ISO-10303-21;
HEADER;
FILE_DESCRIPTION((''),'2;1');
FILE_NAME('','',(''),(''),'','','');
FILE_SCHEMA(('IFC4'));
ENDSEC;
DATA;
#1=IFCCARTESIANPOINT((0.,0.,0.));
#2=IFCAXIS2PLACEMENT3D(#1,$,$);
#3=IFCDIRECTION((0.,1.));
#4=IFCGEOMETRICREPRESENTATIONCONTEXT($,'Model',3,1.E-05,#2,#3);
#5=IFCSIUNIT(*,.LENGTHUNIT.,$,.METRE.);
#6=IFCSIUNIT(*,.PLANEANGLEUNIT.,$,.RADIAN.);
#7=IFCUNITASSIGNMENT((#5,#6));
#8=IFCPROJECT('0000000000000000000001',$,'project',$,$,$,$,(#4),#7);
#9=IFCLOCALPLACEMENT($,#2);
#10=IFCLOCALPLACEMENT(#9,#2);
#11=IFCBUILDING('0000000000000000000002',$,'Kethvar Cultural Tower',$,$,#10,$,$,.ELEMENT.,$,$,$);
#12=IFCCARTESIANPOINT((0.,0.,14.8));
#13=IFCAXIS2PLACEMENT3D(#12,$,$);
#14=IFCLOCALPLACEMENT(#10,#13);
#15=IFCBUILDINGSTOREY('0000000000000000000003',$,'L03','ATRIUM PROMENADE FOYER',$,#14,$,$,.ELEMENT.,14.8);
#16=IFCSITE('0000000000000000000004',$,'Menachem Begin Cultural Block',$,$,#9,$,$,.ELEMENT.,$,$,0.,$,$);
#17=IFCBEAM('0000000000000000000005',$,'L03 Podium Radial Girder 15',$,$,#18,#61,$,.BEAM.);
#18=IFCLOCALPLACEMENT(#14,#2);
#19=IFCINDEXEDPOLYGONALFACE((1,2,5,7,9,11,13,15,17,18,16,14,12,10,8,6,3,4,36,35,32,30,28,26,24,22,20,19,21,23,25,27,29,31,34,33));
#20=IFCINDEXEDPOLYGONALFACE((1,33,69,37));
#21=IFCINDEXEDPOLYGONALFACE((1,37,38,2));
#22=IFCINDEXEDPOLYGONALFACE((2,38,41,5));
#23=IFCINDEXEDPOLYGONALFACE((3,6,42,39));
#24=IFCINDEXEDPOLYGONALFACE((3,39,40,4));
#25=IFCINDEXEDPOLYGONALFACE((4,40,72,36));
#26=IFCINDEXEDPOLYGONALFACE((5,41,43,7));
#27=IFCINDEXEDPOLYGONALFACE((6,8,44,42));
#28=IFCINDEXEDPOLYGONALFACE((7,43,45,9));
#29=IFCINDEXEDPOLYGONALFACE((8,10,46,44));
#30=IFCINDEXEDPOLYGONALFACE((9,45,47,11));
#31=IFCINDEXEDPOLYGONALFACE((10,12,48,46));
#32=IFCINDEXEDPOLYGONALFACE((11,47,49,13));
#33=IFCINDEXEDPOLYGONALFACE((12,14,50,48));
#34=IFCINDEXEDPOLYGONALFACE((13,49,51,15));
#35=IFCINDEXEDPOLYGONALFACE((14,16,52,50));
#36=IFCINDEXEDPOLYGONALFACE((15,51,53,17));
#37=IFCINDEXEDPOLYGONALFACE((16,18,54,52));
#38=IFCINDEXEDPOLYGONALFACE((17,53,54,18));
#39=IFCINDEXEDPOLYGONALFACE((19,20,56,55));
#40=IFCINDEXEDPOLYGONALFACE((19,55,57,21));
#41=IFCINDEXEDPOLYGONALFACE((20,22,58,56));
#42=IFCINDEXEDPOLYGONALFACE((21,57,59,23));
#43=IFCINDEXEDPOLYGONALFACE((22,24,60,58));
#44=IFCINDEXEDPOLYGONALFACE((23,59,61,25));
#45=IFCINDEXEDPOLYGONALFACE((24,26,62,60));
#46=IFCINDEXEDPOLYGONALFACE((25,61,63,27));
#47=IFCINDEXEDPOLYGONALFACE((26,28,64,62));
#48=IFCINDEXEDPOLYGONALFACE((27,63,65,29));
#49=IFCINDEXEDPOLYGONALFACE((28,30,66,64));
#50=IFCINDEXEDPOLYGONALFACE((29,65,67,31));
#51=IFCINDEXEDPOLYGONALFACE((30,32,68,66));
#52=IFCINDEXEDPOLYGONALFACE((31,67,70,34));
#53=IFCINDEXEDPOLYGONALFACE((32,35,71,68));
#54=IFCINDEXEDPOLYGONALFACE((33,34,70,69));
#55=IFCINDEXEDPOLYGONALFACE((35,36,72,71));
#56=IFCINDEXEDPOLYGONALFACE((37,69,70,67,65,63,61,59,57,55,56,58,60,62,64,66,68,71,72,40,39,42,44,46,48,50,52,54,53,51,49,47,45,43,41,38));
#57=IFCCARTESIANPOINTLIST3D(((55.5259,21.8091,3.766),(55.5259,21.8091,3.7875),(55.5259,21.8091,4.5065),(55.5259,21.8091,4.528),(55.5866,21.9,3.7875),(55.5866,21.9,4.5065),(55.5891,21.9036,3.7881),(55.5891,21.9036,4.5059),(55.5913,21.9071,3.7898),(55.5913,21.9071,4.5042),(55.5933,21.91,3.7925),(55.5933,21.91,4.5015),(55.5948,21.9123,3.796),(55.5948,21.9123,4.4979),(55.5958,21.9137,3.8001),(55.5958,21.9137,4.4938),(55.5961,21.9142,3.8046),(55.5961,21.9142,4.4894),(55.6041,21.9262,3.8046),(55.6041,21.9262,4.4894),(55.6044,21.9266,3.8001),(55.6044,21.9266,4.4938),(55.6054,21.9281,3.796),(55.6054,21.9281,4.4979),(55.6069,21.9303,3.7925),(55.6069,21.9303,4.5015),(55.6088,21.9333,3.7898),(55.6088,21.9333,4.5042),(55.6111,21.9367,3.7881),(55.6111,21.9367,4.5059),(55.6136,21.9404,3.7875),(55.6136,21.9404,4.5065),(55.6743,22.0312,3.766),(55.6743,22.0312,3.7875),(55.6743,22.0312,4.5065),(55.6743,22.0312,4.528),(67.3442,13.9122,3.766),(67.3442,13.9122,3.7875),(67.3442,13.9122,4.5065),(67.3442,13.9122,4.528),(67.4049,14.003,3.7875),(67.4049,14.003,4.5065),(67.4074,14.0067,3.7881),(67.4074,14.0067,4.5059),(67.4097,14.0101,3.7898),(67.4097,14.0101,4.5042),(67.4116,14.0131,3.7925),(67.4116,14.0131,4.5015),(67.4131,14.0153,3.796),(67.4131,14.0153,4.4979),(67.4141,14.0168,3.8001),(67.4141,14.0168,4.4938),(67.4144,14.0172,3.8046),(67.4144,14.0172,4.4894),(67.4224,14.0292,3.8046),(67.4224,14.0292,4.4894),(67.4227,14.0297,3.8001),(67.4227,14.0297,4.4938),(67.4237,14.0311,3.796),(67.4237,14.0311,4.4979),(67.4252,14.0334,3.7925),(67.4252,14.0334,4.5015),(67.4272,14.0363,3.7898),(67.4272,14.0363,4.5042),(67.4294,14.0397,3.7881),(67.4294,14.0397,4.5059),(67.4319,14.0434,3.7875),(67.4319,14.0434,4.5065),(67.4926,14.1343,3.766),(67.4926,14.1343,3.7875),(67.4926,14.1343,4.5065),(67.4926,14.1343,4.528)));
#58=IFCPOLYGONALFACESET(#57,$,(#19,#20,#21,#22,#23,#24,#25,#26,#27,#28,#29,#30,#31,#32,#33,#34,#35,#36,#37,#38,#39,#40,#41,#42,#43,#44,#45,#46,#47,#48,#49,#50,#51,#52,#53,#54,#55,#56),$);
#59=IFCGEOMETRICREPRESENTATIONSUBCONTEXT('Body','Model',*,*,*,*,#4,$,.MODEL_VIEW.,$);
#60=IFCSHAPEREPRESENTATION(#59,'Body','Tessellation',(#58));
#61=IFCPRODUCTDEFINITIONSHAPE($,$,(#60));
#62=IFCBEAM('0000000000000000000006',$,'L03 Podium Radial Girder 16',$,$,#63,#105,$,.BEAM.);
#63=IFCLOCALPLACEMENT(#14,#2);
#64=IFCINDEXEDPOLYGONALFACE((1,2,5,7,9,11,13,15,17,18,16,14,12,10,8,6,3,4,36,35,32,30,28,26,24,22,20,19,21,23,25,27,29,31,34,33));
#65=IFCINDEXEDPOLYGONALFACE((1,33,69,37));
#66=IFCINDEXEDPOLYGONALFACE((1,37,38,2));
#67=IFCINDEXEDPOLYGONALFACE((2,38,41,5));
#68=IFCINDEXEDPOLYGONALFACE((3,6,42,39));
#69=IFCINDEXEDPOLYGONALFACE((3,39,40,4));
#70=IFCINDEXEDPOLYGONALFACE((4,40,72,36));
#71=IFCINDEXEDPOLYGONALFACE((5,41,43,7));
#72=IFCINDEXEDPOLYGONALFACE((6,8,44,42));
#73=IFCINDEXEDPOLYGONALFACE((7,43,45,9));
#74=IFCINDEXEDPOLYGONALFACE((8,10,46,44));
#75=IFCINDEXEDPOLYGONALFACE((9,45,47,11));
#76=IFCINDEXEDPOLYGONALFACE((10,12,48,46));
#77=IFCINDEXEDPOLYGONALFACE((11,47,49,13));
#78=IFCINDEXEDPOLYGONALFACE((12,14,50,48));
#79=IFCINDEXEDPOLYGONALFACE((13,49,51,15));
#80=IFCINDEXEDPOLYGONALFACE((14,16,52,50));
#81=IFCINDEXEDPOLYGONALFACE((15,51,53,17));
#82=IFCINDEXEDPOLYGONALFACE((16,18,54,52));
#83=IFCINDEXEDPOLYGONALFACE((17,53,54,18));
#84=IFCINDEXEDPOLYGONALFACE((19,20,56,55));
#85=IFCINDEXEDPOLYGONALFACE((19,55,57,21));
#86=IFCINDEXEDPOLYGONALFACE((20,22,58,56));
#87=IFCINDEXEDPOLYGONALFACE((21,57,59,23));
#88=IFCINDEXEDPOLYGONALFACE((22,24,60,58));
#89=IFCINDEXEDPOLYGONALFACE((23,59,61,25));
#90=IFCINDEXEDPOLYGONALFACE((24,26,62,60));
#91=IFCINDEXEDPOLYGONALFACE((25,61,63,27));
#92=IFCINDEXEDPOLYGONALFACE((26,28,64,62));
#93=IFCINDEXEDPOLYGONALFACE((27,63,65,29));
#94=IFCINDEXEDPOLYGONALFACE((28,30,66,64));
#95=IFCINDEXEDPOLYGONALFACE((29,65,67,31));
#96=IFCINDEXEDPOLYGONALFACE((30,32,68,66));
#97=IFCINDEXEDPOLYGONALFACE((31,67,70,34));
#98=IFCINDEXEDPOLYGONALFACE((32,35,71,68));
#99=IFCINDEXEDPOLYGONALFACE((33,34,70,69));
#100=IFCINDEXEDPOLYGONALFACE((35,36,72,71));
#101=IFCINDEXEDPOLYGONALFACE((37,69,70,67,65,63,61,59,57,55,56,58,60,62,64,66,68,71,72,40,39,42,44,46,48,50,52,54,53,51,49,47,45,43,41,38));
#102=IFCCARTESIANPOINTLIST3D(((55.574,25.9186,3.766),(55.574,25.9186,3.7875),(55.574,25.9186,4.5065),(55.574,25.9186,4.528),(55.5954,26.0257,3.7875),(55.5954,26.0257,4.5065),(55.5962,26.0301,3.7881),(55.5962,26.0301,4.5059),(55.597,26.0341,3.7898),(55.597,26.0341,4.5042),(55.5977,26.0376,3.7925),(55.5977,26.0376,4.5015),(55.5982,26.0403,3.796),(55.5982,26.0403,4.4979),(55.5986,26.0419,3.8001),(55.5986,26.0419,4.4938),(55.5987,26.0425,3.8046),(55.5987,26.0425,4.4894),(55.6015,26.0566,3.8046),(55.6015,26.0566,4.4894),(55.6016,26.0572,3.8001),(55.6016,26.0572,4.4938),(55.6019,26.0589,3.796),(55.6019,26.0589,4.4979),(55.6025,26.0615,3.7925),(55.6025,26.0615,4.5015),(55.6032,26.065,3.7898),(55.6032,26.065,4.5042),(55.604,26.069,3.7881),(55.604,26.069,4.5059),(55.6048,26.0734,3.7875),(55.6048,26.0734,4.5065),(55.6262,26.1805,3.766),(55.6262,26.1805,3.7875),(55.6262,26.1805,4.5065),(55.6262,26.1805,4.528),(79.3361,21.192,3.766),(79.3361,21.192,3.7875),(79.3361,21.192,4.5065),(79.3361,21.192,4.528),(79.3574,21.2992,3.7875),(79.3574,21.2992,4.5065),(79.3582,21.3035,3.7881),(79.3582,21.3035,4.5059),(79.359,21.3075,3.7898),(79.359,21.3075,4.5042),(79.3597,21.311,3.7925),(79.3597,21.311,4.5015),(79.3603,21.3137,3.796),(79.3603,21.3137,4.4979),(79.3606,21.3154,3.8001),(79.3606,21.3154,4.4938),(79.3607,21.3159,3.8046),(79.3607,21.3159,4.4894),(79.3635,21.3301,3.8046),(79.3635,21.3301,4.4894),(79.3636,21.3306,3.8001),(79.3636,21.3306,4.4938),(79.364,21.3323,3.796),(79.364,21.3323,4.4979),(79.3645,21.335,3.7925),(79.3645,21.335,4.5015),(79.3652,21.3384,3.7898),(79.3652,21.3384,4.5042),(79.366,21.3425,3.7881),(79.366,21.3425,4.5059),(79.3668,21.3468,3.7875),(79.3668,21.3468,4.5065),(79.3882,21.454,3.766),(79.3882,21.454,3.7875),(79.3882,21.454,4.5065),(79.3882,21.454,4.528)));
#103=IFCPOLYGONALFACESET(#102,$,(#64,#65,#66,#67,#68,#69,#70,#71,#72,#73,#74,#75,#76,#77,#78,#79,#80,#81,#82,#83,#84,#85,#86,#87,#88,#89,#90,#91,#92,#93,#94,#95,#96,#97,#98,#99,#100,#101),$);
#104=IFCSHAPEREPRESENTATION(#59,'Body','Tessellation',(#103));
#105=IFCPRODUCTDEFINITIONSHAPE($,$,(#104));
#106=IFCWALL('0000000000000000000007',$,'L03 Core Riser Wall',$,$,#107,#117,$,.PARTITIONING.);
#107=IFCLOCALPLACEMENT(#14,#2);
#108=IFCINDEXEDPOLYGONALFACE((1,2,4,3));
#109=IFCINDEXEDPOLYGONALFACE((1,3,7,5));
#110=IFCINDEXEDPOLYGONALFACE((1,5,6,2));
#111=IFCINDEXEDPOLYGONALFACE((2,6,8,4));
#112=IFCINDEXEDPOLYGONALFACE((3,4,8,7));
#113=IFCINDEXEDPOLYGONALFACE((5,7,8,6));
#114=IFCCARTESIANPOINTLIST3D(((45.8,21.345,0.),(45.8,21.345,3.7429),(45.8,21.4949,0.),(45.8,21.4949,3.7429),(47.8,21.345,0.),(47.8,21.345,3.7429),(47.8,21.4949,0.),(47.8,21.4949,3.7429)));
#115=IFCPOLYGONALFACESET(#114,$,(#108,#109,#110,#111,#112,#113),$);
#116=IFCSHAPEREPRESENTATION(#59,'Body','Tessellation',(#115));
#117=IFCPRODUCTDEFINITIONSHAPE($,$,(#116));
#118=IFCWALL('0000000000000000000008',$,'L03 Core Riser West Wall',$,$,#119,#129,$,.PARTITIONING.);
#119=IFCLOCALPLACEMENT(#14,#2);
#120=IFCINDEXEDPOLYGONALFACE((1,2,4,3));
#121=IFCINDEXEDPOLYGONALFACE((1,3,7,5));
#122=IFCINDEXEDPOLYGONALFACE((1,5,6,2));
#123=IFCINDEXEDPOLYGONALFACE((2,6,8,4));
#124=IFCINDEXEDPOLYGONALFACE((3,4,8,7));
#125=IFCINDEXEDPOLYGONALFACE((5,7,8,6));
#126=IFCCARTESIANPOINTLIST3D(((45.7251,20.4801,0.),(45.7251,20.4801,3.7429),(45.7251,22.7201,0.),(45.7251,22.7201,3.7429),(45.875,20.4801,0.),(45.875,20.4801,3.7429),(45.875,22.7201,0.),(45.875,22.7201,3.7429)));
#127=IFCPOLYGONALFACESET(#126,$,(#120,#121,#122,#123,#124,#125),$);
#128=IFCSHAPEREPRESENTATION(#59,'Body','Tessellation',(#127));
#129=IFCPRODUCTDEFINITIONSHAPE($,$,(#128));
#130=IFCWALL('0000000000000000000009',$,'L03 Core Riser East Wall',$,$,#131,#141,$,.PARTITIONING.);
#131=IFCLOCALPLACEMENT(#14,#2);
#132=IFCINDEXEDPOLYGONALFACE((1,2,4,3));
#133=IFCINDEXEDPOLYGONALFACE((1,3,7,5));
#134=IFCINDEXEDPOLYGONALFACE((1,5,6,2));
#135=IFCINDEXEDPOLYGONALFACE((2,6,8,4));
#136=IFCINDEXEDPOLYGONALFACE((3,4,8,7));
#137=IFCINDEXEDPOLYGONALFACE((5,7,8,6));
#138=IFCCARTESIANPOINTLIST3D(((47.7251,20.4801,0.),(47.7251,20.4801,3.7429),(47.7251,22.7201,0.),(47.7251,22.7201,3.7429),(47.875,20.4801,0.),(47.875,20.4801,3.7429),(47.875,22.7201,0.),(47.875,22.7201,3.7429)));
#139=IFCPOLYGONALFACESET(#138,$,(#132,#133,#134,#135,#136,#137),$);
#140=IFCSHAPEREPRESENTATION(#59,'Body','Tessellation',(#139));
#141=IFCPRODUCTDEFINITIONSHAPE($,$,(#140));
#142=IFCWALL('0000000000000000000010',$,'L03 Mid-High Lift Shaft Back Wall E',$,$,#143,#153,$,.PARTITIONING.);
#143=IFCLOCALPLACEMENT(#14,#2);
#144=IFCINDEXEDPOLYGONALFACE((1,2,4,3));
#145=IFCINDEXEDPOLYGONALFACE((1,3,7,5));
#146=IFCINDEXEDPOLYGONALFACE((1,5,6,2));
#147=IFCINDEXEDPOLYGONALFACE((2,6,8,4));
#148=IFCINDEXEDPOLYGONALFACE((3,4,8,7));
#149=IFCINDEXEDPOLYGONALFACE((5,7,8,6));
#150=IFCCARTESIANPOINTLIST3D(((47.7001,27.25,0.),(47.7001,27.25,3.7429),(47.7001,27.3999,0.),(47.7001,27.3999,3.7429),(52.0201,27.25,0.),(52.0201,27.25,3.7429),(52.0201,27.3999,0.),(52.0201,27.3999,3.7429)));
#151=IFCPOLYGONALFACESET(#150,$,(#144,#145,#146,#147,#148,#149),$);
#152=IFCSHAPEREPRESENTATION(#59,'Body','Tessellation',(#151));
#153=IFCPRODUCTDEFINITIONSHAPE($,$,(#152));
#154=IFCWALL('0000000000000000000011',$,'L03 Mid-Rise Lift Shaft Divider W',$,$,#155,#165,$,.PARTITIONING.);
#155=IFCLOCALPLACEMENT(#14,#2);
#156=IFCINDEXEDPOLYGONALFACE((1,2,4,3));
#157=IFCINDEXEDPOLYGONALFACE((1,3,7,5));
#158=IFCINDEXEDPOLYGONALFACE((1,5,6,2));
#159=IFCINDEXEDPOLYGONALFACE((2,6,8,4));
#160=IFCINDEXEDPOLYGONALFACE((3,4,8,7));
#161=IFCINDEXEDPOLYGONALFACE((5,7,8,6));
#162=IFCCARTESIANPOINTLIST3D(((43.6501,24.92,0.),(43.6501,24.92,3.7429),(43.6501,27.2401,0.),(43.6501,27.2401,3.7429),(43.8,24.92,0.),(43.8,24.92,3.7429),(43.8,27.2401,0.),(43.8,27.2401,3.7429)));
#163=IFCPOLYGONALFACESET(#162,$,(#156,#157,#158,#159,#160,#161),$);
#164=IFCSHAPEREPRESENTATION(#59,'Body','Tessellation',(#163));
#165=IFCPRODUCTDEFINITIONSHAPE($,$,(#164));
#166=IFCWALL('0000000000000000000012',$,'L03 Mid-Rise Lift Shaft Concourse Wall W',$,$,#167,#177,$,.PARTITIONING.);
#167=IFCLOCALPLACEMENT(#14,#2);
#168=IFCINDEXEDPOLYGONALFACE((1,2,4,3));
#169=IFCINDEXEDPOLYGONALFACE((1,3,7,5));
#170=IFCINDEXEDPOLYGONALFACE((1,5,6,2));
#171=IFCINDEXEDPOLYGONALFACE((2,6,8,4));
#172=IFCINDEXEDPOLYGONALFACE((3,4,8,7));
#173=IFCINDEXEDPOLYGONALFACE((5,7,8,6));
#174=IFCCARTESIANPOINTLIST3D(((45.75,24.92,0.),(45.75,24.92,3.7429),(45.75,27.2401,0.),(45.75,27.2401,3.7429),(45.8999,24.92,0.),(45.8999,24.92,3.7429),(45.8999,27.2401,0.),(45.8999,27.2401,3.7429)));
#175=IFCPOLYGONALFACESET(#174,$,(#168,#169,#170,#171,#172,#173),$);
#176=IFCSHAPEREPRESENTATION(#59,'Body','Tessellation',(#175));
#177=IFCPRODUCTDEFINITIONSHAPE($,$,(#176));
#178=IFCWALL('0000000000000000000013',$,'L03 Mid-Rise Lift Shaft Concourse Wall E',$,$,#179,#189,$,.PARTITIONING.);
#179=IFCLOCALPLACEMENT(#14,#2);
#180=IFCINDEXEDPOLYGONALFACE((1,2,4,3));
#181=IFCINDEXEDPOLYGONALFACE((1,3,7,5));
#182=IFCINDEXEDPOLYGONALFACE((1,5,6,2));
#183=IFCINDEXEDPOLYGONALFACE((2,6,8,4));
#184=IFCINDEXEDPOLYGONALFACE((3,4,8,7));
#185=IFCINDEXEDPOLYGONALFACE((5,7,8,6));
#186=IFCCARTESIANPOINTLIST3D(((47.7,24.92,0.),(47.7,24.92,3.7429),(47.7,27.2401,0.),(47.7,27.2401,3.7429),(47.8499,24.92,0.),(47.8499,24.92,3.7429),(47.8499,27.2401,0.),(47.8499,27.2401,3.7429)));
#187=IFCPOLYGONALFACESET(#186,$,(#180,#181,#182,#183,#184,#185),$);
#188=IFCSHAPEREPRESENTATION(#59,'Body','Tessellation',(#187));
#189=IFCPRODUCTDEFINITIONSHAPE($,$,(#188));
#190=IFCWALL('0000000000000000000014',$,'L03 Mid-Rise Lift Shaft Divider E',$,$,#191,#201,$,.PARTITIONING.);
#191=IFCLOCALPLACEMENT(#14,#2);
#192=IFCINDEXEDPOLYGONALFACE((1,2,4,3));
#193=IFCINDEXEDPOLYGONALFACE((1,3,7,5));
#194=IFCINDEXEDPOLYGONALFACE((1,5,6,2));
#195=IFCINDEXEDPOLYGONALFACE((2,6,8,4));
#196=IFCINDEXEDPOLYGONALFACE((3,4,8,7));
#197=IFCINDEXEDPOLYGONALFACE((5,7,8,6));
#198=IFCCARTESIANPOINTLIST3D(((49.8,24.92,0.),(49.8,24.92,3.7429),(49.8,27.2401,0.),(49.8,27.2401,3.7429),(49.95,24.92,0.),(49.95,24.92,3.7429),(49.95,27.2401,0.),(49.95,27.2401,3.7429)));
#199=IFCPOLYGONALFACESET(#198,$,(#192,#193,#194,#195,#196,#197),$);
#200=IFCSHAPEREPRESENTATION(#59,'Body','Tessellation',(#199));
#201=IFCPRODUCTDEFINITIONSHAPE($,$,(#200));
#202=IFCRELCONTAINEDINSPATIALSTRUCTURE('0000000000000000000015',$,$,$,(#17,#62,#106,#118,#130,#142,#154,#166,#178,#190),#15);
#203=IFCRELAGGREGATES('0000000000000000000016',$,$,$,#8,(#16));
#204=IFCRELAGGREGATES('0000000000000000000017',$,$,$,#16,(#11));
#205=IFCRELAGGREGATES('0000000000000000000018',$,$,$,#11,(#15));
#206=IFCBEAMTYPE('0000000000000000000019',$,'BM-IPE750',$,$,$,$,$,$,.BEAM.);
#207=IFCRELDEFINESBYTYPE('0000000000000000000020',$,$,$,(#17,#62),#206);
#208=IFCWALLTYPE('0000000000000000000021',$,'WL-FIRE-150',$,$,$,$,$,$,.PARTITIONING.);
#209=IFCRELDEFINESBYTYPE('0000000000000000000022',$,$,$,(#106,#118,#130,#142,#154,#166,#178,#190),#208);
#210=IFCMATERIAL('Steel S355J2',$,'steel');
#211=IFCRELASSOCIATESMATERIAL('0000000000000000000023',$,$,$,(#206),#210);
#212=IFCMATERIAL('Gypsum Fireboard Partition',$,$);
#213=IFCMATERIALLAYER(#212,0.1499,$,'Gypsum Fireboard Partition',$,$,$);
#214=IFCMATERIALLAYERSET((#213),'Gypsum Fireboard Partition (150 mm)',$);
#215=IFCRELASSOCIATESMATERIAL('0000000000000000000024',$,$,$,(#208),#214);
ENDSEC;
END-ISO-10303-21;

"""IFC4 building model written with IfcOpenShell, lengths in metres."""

from ifc_helpers import new_model, si_unit, direction, frame, frame_2d, origin, origin_2d, place, context, subcontext, project, spatial, rectangle, i_section, extrude, source, transform, mapped, material, layer, layer_set, material_profile, profile_set, type_object, element, save


model = new_model("IFC4")

# Units and contexts
model_context = context("Model", 3, precision=1e-05, world=origin(), true_north=direction((0.0, 1.0)))
body_context = subcontext(model_context, "Body", "Model", "MODEL_VIEW")
ifc_project = project(units=[si_unit("LENGTHUNIT", "METRE"), si_unit("PLANEANGLEUNIT", "RADIAN")], contexts=[model_context])

# Site, building, storey
site_placement = place(None, origin())
site = spatial("IfcSite", under=ifc_project, at=site_placement, Name="Menachem Begin Cultural Block", CompositionType="ELEMENT", RefElevation=0.0)
building_placement = place(site_placement, origin())
building = spatial("IfcBuilding", under=site, at=building_placement, Name="Kethvar Cultural Tower", CompositionType="ELEMENT")
storey_placement = place(building_placement, frame((0.0, 0.0, 14.8)))
storey = spatial("IfcBuildingStorey", under=building, at=storey_placement, Name="L03", Description="ATRIUM PROMENADE FOYER", CompositionType="ELEMENT", Elevation=14.8)

# Beams
ifc_material_1 = material(Name="Steel S355J2", Category="steel")
ifc_material_profile = material_profile(ifc_material_1, i_section(OverallWidth=0.2671, OverallDepth=0.762, WebThickness=0.0144, FlangeThickness=0.0215, FilletRadius=0.0171, at=origin_2d()), Name="Steel S355J2 — IPE750x173")
ifc_profile_set = profile_set([ifc_material_profile], Name="Steel S355J2 — IPE750x173")
beam_type = type_object("IfcBeamType", Name="BM-IPE750", PredefinedType="BEAM", material=ifc_profile_set)
shared_shape_1 = source(origin(), body_context, "Body", "SweptSolid", [
    extrude(i_section(OverallWidth=0.2671, OverallDepth=0.762, WebThickness=0.0144, FlangeThickness=0.0215, FilletRadius=0.0171, at=origin_2d()), origin(), (0.0, 0.0, 1.0), 14.2139),
])
beam_1_placement = place(storey_placement, frame((55.6001, 21.9202, 4.147), z_axis=(0.831463, -0.55558, 0.0), x_axis=(0.55558, 0.831463, 0.0)))
element("IfcBeam", 1, at=beam_1_placement, inside=storey, type_object=beam_type, Name="L03 Podium Radial Girder 15", PredefinedType="BEAM", context=body_context, shape_type="MappedRepresentation", body=[
    mapped(shared_shape_1, transform((0.0, 0.0, 0.0), scale=1.0)),
])
shared_shape_2 = source(origin(), body_context, "Body", "SweptSolid", [
    extrude(i_section(OverallWidth=0.2671, OverallDepth=0.762, WebThickness=0.0144, FlangeThickness=0.0215, FilletRadius=0.0171, at=origin_2d()), origin(), (0.0, 0.0, 1.0), 24.2275),
])
beam_2_placement = place(storey_placement, frame((55.6001, 26.0496, 4.147), z_axis=(0.980785, -0.195091, 0.0), x_axis=(0.195091, 0.980785, 0.0)))
element("IfcBeam", 2, at=beam_2_placement, inside=storey, type_object=beam_type, Name="L03 Podium Radial Girder 16", PredefinedType="BEAM", context=body_context, shape_type="MappedRepresentation", body=[
    mapped(shared_shape_2, transform((0.0, 0.0, 0.0), scale=1.0)),
])

# Walls
ifc_material_2 = material(Name="Gypsum Fireboard Partition")
ifc_layer_1 = layer(ifc_material_2, 0.1499, Name="Gypsum Fireboard Partition")
ifc_layer_set_1 = layer_set([ifc_layer_1], Name="Gypsum Fireboard Partition (150 mm)")
wall_type_1 = type_object("IfcWallType", Name="WL-FIRE-150", PredefinedType="PARTITIONING", material=ifc_layer_set_1)
wall_1_placement = place(storey_placement, frame((45.8, 21.4199, 0.0), z_axis=(0.0, 0.0, 1.0), x_axis=(1.0, 0.0, 0.0)))
element("IfcWall", 3, at=wall_1_placement, inside=storey, type_object=wall_type_1, Name="L03 Core Riser Wall", PredefinedType="PARTITIONING", context=body_context, shape_type="SweptSolid", body=[
    extrude(rectangle(XDim=2.0, YDim=0.1499, at=frame_2d((1.0, 0.0))), origin(), (0.0, 0.0, 1.0), 3.7429),
])
for number, where, z_axis, x_axis, name in (
    (4, (45.8, 20.48, 0.0), (0.0, 0.0, 1.0), (0.0, 1.0, 0.0), "L03 Core Riser West Wall"),
    (5, (47.8, 20.48, 0.0), (0.0, 0.0, 1.0), (0.0, 1.0, 0.0), "L03 Core Riser East Wall"),
):
    element("IfcWall", number, at=place(storey_placement, frame(where, z_axis=z_axis, x_axis=x_axis)), inside=storey, type_object=wall_type_1, Name=name, PredefinedType="PARTITIONING", context=body_context, shape_type="SweptSolid", body=[
        extrude(rectangle(XDim=2.24, YDim=0.1499, at=frame_2d((1.1201, 0.0))), origin(), (0.0, 0.0, 1.0), 3.7429),
    ])
wall_2_placement = place(storey_placement, frame((47.7, 27.325, 0.0), z_axis=(0.0, 0.0, 1.0), x_axis=(1.0, 0.0, 0.0)))
element("IfcWall", 6, at=wall_2_placement, inside=storey, type_object=wall_type_1, Name="L03 Mid-High Lift Shaft Back Wall E", PredefinedType="PARTITIONING", context=body_context, shape_type="SweptSolid", body=[
    extrude(rectangle(XDim=4.3201, YDim=0.1499, at=frame_2d((2.1602, 0.0))), origin(), (0.0, 0.0, 1.0), 3.7429),
])
for number, where, z_axis, x_axis, name in (
    (7, (43.7251, 24.9199, 0.0), (0.0, 0.0, 1.0), (0.0, 1.0, 0.0), "L03 Mid-Rise Lift Shaft Divider W"),
    (8, (45.825, 24.9199, 0.0), (0.0, 0.0, 1.0), (0.0, 1.0, 0.0), "L03 Mid-Rise Lift Shaft Concourse Wall W"),
    (9, (47.7749, 24.9199, 0.0), (0.0, 0.0, 1.0), (0.0, 1.0, 0.0), "L03 Mid-Rise Lift Shaft Concourse Wall E"),
    (10, (49.875, 24.9199, 0.0), (0.0, 0.0, 1.0), (0.0, 1.0, 0.0), "L03 Mid-Rise Lift Shaft Divider E"),
):
    element("IfcWall", number, at=place(storey_placement, frame(where, z_axis=z_axis, x_axis=x_axis)), inside=storey, type_object=wall_type_1, Name=name, PredefinedType="PARTITIONING", context=body_context, shape_type="SweptSolid", body=[
        extrude(rectangle(XDim=2.3201, YDim=0.1499, at=frame_2d((1.1602, 0.0))), origin(), (0.0, 0.0, 1.0), 3.7429),
    ])

save(model, "model.ifc")
